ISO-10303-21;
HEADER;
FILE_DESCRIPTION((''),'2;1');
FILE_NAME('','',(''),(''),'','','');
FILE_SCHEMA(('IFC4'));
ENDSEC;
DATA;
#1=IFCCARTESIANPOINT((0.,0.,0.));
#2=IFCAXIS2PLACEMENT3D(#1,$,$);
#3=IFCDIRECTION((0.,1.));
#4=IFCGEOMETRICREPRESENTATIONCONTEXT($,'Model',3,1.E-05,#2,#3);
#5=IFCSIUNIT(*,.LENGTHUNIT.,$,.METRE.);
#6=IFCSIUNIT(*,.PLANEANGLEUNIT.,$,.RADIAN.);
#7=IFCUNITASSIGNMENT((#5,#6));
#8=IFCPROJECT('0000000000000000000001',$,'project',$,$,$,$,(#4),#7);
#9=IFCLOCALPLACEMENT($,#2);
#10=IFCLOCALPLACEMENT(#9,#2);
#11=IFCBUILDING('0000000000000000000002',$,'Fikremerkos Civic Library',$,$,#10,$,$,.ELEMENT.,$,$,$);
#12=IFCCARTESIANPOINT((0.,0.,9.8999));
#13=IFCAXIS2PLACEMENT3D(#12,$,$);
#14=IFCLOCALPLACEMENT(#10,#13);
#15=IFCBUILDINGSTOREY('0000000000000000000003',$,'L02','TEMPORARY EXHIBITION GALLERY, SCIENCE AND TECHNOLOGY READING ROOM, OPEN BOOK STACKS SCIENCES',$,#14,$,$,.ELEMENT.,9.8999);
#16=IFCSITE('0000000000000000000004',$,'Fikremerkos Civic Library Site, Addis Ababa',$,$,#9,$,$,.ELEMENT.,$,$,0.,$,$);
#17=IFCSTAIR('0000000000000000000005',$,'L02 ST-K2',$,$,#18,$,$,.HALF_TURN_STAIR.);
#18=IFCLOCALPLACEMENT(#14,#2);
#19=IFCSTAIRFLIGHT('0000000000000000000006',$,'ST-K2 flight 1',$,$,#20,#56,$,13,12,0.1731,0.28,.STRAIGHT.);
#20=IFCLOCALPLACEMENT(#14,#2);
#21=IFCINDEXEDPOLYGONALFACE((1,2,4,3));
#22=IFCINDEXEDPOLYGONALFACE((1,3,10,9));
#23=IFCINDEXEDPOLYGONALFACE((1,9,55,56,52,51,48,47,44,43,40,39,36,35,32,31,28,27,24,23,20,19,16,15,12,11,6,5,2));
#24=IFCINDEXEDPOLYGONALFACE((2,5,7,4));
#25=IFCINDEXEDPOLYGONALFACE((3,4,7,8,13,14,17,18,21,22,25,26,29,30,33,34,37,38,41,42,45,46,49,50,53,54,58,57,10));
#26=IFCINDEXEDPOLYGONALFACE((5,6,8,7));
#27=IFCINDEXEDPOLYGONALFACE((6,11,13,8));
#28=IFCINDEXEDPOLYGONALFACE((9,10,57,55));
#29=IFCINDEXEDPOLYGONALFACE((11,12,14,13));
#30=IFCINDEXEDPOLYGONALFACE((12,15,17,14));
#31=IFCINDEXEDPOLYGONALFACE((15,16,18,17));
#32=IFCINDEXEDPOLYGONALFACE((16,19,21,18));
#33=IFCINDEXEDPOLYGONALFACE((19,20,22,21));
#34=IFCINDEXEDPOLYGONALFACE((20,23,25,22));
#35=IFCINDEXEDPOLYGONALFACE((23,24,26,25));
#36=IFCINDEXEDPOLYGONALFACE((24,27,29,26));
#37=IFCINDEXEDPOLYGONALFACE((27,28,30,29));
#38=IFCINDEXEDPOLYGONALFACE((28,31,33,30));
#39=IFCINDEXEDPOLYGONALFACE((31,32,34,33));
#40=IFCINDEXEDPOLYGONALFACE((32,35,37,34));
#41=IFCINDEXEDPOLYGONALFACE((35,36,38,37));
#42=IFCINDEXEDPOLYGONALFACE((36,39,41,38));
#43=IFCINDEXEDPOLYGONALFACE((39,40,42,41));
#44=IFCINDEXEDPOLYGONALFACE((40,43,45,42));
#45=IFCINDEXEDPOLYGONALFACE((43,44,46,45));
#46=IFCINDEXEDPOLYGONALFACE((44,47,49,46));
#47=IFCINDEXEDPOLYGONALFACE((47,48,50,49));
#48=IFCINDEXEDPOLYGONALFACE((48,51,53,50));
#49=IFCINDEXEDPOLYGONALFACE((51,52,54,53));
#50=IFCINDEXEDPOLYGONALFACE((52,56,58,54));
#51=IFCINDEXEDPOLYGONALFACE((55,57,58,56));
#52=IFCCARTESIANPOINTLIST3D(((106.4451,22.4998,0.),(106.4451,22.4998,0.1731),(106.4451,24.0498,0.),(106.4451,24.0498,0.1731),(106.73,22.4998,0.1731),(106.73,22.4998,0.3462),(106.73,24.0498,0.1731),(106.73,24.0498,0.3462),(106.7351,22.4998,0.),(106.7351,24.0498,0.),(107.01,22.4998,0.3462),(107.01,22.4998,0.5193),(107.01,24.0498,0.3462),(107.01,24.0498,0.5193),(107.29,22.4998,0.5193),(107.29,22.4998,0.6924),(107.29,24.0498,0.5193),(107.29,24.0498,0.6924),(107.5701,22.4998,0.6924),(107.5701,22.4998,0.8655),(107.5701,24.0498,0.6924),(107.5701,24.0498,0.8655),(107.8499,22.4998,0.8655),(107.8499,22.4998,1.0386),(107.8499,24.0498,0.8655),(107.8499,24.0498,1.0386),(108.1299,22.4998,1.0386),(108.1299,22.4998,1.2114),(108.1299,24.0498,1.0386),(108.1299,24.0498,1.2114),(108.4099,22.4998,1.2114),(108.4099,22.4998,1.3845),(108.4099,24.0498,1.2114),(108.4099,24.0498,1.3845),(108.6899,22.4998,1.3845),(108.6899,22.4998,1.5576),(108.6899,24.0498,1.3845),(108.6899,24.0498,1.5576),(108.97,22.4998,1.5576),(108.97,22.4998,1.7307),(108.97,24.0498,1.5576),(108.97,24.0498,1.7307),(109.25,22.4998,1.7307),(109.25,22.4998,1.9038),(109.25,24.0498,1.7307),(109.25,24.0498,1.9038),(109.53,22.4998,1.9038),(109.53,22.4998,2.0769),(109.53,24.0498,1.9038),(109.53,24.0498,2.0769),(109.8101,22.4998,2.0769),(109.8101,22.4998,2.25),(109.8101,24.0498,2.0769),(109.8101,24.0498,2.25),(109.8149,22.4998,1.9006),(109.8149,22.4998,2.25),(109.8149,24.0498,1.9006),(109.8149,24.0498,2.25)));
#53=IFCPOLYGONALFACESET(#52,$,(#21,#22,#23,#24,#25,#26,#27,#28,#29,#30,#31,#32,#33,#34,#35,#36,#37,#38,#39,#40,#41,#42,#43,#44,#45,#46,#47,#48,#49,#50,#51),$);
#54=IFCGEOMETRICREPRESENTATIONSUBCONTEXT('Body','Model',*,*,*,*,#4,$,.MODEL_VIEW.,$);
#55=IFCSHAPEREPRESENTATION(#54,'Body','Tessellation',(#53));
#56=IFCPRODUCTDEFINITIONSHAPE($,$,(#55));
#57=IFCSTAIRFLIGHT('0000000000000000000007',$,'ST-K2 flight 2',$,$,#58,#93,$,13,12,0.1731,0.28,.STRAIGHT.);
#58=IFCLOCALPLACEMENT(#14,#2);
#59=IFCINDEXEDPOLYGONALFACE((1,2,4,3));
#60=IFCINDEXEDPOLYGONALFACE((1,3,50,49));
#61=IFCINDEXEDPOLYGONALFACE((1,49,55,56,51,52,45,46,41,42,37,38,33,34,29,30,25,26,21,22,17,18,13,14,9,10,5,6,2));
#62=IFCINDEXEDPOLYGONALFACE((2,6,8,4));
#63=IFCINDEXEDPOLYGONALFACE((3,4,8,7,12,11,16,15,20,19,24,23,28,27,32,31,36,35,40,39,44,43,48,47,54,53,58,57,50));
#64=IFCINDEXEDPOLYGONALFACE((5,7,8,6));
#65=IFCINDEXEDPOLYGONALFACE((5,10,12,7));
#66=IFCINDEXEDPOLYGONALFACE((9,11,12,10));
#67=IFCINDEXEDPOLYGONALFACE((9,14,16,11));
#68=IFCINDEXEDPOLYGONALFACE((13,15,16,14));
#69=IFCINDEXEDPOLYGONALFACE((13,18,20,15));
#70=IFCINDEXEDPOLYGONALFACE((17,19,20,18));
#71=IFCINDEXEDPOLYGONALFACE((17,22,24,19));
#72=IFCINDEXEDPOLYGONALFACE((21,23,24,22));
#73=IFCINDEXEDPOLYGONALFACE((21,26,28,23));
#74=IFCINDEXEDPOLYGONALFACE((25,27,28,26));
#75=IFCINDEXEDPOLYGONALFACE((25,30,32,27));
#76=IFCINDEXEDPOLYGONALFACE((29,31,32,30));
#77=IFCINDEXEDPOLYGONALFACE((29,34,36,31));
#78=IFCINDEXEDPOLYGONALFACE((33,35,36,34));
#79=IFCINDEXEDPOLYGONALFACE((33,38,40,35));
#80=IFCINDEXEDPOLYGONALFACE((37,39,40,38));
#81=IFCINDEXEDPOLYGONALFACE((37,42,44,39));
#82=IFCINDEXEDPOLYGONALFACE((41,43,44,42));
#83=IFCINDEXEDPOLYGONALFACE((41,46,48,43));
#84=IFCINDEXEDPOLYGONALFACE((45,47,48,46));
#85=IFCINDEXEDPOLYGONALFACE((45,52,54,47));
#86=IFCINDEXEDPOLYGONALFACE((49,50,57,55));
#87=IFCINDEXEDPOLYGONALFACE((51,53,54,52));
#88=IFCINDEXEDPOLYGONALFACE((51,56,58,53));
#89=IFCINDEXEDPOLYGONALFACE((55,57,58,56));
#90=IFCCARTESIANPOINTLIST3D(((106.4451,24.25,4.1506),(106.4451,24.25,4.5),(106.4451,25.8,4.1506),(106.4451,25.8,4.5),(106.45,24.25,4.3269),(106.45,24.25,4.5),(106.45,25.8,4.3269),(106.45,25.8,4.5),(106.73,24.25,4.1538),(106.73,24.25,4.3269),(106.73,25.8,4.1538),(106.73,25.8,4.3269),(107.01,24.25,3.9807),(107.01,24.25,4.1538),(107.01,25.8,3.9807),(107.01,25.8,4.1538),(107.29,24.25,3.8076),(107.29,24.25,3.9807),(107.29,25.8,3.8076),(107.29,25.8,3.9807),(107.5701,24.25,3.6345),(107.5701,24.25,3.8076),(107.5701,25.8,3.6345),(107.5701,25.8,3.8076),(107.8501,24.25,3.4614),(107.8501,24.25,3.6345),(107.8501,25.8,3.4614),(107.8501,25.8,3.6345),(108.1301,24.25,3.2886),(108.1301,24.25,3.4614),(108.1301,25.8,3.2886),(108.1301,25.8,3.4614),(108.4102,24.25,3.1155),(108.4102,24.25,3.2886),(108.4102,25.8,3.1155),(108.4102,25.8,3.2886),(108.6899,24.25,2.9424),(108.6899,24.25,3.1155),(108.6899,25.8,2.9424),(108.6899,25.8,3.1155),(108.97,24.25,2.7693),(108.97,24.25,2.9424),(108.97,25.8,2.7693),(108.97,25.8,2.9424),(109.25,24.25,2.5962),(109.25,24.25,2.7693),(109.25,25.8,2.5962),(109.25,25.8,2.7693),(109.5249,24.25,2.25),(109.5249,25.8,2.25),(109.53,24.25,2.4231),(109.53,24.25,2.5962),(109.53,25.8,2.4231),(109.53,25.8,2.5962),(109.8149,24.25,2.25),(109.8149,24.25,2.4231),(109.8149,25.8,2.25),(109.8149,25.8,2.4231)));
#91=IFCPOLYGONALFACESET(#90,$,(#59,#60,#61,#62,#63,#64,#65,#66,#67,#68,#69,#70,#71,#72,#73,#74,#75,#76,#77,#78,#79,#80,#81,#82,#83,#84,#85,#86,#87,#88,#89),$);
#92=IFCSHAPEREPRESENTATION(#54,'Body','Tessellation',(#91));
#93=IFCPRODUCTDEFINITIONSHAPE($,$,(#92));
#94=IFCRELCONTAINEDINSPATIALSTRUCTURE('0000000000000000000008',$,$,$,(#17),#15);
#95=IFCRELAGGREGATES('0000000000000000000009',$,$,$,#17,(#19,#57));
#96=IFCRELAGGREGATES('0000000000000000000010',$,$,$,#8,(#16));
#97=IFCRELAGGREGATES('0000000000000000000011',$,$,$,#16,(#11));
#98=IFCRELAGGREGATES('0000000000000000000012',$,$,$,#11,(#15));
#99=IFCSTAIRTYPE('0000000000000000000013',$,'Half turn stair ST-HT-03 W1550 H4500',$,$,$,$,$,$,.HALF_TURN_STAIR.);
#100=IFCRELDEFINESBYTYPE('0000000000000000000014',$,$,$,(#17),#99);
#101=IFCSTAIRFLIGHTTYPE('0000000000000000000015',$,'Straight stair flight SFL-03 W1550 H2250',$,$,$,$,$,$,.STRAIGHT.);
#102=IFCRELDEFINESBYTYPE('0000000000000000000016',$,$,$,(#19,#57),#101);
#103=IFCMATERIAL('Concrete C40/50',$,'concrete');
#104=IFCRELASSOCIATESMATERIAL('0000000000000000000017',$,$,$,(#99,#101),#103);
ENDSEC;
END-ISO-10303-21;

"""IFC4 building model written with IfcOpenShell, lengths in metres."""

from ifc_helpers import new_model, si_unit, direction, frame, origin, place, context, subcontext, project, spatial, polyline, outline, extrude, material, type_object, element, aggregate, save


model = new_model("IFC4")

# Units and contexts
model_context = context("Model", 3, precision=1e-05, world=origin(), true_north=direction((0.0, 1.0)))
body_context = subcontext(model_context, "Body", "Model", "MODEL_VIEW")
ifc_project = project(units=[si_unit("LENGTHUNIT", "METRE"), si_unit("PLANEANGLEUNIT", "RADIAN")], contexts=[model_context])

# Site, building, storey
site_placement = place(None, origin())
site = spatial("IfcSite", under=ifc_project, at=site_placement, Name="Fikremerkos Civic Library Site, Addis Ababa", CompositionType="ELEMENT", RefElevation=0.0)
building_placement = place(site_placement, origin())
building = spatial("IfcBuilding", under=site, at=building_placement, Name="Fikremerkos Civic Library", CompositionType="ELEMENT")
storey_placement = place(building_placement, frame((0.0, 0.0, 9.8999)))
storey = spatial("IfcBuildingStorey", under=building, at=storey_placement, Name="L02", Description="TEMPORARY EXHIBITION GALLERY, SCIENCE AND TECHNOLOGY READING ROOM, OPEN BOOK STACKS SCIENCES", CompositionType="ELEMENT", Elevation=9.8999)

# Shared definitions
ifc_material_1 = material(Name="Concrete C40/50", Category="concrete")

# Stair, stair flights
stair_type = type_object("IfcStairType", Name="Half turn stair ST-HT-03 W1550 H4500", PredefinedType="HALF_TURN_STAIR", material=ifc_material_1)
stair_placement = place(storey_placement, origin())
stair = element("IfcStair", 1, at=stair_placement, inside=storey, type_object=stair_type, Name="L02 ST-K2", PredefinedType="HALF_TURN_STAIR")
stair_flight_type = type_object("IfcStairFlightType", Name="Straight stair flight SFL-03 W1550 H2250", PredefinedType="STRAIGHT", material=ifc_material_1)
stair_flight_1_placement = place(storey_placement, frame((106.45, 23.2749, 0.0), z_axis=(0.0, 0.0, 1.0), x_axis=(1.0, 0.0, 0.0)))
stair_flight_1 = element("IfcStairFlight", 2, at=stair_flight_1_placement, type_object=stair_flight_type, Name="ST-K2 flight 1", NumberOfRisers=13, NumberOfTreads=12, PredefinedType="STRAIGHT", RiserHeight=0.1731, TreadLength=0.28, context=body_context, shape_type="SweptSolid", body=[
    extrude(outline(polyline([(-0.0049, 0.0), (-0.0049, 0.1731), (0.28, 0.1731), (0.28, 0.3462), (0.5601, 0.3462), (0.5601, 0.5193), (0.8401, 0.5193), (0.8401, 0.6924), (1.1201, 0.6924), (1.1201, 0.8655), (1.3999, 0.8655), (1.3999, 1.0386), (1.6799, 1.0386), (1.6799, 1.2114), (1.96, 1.2114), (1.96, 1.3845), (2.24, 1.3845), (2.24, 1.5576), (2.52, 1.5576), (2.52, 1.7307), (2.8, 1.7307), (2.8, 1.9038), (3.0801, 1.9038), (3.0801, 2.0769), (3.3601, 2.0769), (3.3601, 2.25), (3.365, 2.25), (3.365, 1.9006), (0.2852, 0.0), (-0.0049, 0.0)])), frame((0.0, 0.7749, 0.0), z_axis=(0.0, -1.0, 0.0), x_axis=(1.0, 0.0, 0.0)), (0.0, 0.0, 1.0), 1.55),
])
stair_flight_2_placement = place(storey_placement, frame((109.8101, 25.0249, 2.25), z_axis=(0.0, 0.0, 1.0), x_axis=(-1.0, 0.0, 0.0)))
stair_flight_2 = element("IfcStairFlight", 3, at=stair_flight_2_placement, type_object=stair_flight_type, Name="ST-K2 flight 2", NumberOfRisers=13, NumberOfTreads=12, PredefinedType="STRAIGHT", RiserHeight=0.1731, TreadLength=0.28, context=body_context, shape_type="SweptSolid", body=[
    extrude(outline(polyline([(-0.0049, 0.0), (-0.0049, 0.1731), (0.28, 0.1731), (0.28, 0.3462), (0.5601, 0.3462), (0.5601, 0.5193), (0.8401, 0.5193), (0.8401, 0.6924), (1.1201, 0.6924), (1.1201, 0.8655), (1.3999, 0.8655), (1.3999, 1.0386), (1.6799, 1.0386), (1.6799, 1.2114), (1.96, 1.2114), (1.96, 1.3845), (2.24, 1.3845), (2.24, 1.5576), (2.52, 1.5576), (2.52, 1.7307), (2.8, 1.7307), (2.8, 1.9038), (3.0801, 1.9038), (3.0801, 2.0769), (3.3601, 2.0769), (3.3601, 2.25), (3.365, 2.25), (3.365, 1.9006), (0.2852, 0.0), (-0.0049, 0.0)])), frame((0.0, 0.7749, 0.0), z_axis=(0.0, -1.0, 0.0), x_axis=(1.0, 0.0, 0.0)), (0.0, 0.0, 1.0), 1.55),
])
aggregate(stair, [stair_flight_1, stair_flight_2])

save(model, "model.ifc")
